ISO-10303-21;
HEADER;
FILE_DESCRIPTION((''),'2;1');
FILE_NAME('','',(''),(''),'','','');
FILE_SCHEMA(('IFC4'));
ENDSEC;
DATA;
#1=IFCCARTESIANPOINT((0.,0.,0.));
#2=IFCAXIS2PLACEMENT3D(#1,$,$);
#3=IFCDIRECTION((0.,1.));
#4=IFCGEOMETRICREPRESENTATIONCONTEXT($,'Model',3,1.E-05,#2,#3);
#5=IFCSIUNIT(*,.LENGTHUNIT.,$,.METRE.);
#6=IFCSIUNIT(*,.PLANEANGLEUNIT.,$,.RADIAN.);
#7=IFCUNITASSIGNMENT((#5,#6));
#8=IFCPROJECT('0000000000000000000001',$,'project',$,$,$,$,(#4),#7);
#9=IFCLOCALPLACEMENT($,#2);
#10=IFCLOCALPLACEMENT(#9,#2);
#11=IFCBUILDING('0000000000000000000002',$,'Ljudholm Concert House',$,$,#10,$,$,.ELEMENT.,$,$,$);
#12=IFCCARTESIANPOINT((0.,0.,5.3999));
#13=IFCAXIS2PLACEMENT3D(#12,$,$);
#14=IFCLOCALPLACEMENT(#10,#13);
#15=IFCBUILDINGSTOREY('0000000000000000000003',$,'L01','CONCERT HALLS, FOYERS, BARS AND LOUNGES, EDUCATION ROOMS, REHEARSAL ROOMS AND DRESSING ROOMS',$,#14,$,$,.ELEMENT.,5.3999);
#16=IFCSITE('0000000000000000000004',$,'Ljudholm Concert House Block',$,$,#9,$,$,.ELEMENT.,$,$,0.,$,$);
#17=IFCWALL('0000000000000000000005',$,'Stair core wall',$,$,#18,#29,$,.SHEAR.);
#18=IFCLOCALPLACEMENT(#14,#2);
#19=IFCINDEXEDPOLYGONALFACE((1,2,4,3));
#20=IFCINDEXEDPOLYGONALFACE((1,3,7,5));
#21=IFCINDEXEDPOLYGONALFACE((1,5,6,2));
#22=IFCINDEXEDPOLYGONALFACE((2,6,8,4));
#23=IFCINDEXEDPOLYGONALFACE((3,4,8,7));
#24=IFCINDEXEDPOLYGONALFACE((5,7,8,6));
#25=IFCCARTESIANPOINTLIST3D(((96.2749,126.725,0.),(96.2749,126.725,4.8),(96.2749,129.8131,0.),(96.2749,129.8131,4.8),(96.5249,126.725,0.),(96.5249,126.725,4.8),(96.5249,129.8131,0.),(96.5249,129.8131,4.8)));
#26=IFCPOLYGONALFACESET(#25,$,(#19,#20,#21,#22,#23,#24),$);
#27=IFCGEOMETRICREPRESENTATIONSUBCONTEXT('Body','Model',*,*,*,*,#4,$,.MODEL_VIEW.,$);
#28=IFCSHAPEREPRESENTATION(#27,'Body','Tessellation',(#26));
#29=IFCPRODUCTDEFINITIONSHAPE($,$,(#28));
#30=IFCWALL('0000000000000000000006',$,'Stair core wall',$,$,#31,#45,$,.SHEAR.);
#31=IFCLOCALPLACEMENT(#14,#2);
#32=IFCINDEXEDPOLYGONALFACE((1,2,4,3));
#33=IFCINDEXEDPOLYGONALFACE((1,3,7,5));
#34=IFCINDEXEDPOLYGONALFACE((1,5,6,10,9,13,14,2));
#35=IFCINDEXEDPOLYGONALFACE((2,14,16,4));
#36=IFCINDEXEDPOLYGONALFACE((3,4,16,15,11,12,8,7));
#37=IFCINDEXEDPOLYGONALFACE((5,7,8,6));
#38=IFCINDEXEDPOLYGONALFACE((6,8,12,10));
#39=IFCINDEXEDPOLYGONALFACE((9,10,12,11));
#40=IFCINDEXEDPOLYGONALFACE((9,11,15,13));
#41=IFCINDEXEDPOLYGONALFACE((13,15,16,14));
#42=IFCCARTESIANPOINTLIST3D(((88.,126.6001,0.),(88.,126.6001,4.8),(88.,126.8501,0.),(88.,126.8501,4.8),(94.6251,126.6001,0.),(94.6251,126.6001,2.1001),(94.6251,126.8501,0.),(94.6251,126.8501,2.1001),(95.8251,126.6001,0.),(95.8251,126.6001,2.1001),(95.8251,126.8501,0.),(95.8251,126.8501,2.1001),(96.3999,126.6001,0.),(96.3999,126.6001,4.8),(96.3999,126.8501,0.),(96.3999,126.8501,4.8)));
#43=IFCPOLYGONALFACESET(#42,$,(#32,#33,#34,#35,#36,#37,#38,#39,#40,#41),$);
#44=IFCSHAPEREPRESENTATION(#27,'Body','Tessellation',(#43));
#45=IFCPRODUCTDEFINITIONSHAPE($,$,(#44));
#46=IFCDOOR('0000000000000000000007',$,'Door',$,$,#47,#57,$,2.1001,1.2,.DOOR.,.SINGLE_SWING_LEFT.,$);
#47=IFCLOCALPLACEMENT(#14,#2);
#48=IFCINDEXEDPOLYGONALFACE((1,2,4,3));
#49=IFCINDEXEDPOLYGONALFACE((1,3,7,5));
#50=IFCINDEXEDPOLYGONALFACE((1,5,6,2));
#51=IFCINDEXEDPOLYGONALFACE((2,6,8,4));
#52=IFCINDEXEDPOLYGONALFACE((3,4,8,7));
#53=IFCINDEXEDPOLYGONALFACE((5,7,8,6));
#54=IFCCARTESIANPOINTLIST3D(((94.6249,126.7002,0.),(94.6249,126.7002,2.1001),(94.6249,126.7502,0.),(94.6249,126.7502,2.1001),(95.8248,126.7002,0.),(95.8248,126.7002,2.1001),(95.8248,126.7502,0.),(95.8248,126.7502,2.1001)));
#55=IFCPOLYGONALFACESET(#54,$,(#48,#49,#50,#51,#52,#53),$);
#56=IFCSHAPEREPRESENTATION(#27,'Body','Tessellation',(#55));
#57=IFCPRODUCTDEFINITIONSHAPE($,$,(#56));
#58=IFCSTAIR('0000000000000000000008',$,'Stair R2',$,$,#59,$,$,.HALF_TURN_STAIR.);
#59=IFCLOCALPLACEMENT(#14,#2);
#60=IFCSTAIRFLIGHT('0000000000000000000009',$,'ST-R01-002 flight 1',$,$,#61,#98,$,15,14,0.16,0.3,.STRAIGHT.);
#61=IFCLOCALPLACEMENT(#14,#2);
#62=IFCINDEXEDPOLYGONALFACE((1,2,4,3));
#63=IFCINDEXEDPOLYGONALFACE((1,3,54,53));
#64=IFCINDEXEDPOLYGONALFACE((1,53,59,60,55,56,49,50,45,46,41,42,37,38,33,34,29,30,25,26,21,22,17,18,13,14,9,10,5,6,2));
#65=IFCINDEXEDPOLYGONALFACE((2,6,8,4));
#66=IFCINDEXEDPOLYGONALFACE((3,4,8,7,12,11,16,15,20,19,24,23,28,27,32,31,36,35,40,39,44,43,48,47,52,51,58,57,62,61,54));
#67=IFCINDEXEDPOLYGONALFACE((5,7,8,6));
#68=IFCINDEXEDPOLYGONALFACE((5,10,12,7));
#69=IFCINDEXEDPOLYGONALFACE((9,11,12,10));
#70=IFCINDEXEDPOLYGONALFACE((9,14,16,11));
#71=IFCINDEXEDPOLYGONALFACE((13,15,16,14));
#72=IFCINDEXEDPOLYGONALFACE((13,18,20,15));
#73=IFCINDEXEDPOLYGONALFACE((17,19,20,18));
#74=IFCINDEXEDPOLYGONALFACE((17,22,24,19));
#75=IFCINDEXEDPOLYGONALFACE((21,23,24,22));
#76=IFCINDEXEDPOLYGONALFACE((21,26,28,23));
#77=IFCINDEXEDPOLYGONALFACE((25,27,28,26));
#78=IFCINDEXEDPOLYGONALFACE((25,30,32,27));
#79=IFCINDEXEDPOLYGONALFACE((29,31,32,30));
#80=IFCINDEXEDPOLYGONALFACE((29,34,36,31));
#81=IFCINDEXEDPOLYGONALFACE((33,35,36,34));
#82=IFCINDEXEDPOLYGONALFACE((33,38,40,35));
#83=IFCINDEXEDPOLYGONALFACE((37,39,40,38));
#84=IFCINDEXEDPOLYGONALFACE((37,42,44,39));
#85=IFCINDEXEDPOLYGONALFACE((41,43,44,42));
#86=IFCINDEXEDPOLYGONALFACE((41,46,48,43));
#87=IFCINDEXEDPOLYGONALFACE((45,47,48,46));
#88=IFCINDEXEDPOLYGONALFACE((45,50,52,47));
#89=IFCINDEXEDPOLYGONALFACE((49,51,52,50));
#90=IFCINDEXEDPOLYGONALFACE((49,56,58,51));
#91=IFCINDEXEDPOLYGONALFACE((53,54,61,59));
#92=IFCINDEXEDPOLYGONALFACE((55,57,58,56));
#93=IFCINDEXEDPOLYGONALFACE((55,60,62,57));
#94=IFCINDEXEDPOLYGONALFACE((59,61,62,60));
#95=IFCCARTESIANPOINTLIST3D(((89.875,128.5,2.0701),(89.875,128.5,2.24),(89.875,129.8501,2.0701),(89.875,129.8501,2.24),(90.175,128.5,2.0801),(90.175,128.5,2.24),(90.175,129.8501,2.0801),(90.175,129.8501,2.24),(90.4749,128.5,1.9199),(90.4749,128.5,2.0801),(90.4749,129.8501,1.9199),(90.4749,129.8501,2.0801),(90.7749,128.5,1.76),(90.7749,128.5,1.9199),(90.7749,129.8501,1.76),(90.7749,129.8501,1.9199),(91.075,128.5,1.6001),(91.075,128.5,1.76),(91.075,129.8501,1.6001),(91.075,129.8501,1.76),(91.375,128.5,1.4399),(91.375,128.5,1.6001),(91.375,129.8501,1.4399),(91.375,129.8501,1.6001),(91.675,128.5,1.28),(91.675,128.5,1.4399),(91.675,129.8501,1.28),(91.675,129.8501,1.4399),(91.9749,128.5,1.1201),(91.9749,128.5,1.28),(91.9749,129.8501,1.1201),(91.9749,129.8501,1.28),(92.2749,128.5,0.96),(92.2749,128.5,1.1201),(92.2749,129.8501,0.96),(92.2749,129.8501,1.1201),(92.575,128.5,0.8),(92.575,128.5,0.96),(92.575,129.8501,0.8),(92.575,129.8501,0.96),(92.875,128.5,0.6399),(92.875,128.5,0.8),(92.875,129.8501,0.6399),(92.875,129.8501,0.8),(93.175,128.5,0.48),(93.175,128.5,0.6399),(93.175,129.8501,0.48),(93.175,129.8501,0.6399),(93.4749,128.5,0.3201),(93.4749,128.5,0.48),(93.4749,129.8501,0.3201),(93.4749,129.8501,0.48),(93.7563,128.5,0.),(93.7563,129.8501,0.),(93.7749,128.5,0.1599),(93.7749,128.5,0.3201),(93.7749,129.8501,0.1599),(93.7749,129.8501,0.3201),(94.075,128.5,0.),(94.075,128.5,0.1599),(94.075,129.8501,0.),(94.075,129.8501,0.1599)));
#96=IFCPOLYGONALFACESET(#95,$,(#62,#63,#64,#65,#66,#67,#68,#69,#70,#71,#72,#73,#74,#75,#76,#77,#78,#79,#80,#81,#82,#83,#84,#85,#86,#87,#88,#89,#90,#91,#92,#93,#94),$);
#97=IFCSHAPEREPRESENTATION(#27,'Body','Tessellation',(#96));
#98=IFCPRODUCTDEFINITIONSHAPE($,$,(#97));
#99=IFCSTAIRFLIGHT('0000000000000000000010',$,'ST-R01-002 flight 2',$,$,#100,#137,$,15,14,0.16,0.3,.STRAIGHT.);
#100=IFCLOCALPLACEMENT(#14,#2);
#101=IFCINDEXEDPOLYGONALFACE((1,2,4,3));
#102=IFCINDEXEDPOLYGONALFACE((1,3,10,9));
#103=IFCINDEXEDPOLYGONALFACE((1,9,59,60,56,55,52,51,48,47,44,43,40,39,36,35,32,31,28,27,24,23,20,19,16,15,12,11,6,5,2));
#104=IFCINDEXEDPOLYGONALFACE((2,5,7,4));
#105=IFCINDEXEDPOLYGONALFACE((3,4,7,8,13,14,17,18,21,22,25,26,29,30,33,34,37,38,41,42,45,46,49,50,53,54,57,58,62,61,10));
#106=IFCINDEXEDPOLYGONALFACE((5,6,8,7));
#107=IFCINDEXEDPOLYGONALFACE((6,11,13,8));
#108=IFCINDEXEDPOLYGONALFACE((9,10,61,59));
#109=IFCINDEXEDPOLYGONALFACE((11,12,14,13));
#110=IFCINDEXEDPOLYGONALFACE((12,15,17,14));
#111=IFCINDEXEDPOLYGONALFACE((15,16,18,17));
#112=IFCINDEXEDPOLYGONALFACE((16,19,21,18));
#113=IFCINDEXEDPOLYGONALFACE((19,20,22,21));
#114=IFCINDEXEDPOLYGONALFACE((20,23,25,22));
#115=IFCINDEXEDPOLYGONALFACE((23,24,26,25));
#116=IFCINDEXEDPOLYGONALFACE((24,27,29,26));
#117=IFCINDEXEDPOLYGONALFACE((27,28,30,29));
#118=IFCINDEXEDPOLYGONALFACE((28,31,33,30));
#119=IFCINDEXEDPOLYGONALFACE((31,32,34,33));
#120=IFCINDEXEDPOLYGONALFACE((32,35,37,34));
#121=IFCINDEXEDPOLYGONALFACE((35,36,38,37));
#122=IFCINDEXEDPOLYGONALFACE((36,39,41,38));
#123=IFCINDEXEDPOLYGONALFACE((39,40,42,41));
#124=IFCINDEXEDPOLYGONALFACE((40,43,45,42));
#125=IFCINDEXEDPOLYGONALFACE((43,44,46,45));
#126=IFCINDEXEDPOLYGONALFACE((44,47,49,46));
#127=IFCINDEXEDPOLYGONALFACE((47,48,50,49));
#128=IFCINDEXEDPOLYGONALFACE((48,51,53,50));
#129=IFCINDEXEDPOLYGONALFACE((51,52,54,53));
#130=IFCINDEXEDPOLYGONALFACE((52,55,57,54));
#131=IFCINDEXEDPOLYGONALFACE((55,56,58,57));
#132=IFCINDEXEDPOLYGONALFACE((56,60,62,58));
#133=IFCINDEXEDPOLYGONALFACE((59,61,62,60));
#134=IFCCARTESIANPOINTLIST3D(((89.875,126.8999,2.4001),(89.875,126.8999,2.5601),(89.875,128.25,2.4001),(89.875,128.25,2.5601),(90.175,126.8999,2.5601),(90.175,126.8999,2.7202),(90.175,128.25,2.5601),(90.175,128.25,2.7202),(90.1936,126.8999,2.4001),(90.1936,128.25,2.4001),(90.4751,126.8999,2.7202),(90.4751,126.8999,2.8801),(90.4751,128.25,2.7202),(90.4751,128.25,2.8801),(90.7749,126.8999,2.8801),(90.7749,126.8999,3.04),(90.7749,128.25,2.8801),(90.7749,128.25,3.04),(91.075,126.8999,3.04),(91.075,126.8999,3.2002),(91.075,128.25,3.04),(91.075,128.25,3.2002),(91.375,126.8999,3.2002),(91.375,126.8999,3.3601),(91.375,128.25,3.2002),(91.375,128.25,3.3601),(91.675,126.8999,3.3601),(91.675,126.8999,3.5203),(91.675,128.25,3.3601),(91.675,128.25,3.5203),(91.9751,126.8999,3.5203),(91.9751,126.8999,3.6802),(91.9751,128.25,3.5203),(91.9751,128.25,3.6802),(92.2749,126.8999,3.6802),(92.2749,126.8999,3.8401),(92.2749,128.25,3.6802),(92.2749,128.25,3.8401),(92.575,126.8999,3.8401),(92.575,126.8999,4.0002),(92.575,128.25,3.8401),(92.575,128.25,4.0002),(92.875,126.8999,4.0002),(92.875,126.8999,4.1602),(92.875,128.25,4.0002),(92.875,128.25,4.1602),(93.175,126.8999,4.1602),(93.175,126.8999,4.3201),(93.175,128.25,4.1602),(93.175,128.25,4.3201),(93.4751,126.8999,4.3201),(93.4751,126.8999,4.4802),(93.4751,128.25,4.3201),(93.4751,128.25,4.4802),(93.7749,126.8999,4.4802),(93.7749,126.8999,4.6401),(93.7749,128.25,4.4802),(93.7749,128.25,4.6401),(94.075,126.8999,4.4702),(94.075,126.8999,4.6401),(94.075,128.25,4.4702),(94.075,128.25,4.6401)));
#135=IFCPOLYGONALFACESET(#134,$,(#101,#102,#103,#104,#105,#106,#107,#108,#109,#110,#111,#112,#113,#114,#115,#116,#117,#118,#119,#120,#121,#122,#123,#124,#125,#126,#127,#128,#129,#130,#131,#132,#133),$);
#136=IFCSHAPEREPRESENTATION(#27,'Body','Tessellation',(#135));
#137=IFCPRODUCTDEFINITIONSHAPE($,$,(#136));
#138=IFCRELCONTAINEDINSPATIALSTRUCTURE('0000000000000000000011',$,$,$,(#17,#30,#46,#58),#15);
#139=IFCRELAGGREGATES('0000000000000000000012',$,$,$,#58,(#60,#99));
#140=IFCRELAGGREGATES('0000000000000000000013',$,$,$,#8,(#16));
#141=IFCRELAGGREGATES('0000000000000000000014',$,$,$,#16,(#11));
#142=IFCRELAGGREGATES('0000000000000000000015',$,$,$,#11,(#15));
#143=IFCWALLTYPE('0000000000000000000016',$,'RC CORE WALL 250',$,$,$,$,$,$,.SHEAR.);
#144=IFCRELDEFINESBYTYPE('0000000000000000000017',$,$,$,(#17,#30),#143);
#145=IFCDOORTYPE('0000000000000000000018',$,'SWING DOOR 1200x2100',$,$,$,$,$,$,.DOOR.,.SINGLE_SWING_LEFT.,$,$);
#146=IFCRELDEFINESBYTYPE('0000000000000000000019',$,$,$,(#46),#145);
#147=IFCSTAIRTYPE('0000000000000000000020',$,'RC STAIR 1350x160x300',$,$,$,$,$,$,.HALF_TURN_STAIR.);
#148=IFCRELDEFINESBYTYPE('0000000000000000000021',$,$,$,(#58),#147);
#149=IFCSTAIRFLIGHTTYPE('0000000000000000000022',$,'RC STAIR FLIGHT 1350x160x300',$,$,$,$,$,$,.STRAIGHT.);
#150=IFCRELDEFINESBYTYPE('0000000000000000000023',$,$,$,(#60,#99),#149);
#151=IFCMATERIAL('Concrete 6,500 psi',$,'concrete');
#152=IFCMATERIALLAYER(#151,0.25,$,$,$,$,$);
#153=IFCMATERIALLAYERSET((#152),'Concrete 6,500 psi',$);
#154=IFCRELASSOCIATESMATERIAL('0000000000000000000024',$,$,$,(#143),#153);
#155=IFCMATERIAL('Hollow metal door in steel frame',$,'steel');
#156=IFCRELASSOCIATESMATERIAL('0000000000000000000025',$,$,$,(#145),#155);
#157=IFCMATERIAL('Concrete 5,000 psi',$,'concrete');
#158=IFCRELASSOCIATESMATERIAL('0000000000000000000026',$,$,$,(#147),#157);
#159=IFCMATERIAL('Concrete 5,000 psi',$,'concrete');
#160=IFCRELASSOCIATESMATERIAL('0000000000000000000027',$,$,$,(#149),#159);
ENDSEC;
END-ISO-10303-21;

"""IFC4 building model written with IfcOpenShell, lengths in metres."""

from ifc_helpers import new_model, si_unit, direction, frame, frame_2d, origin, place, context, subcontext, project, spatial, polyline, rectangle, outline, extrude, material, layer, layer_set, type_object, element, fill, aggregate, save


model = new_model("IFC4")

# Units and contexts
model_context = context("Model", 3, precision=1e-05, world=origin(), true_north=direction((0.0, 1.0)))
body_context = subcontext(model_context, "Body", "Model", "MODEL_VIEW")
ifc_project = project(units=[si_unit("LENGTHUNIT", "METRE"), si_unit("PLANEANGLEUNIT", "RADIAN")], contexts=[model_context])

# Site, building, storey
site_placement = place(None, origin())
site = spatial("IfcSite", under=ifc_project, at=site_placement, Name="Ljudholm Concert House Block", CompositionType="ELEMENT", RefElevation=0.0)
building_placement = place(site_placement, origin())
building = spatial("IfcBuilding", under=site, at=building_placement, Name="Ljudholm Concert House", CompositionType="ELEMENT")
storey_placement = place(building_placement, frame((0.0, 0.0, 5.3999)))
storey = spatial("IfcBuildingStorey", under=building, at=storey_placement, Name="L01", Description="CONCERT HALLS, FOYERS, BARS AND LOUNGES, EDUCATION ROOMS, REHEARSAL ROOMS AND DRESSING ROOMS", CompositionType="ELEMENT", Elevation=5.3999)

# Wall
ifc_material_1 = material(Name="Concrete 6,500 psi", Category="concrete")
ifc_layer_1 = layer(ifc_material_1, 0.25)
ifc_layer_set_1 = layer_set([ifc_layer_1], Name="Concrete 6,500 psi")
wall_type_1 = type_object("IfcWallType", Name="RC CORE WALL 250", PredefinedType="SHEAR", material=ifc_layer_set_1)
for number, where, z_axis, x_axis, name in (
    (1, (96.3999, 126.7251, 0.0), (0.0, 0.0, 1.0), (0.0, 1.0, 0.0), "Stair core wall"),
):
    element("IfcWall", number, at=place(storey_placement, frame(where, z_axis=z_axis, x_axis=x_axis)), inside=storey, type_object=wall_type_1, Name=name, PredefinedType="SHEAR", context=body_context, shape_type="SweptSolid", body=[
        extrude(rectangle(XDim=3.0881, YDim=0.25, at=frame_2d((1.5439, 0.0))), origin(), (0.0, 0.0, 1.0), 4.8),
    ])

# Wall, opening, door
wall_1_placement = place(storey_placement, frame((88.0, 126.7251, 0.0), z_axis=(0.0, 0.0, 1.0), x_axis=(1.0, 0.0, 0.0)))
wall_1 = element("IfcWall", 2, at=wall_1_placement, inside=storey, type_object=wall_type_1, Name="Stair core wall", PredefinedType="SHEAR", context=body_context, shape_type="SweptSolid", body=[
    extrude(rectangle(XDim=8.3999, YDim=0.25, at=frame_2d((4.2, 0.0))), origin(), (0.0, 0.0, 1.0), 4.8),
])
opening_1_placement = place(wall_1_placement, frame((6.625, 0.0, 0.0)))
opening_1 = element("IfcOpeningElement", 3, at=opening_1_placement, cuts=wall_1, PredefinedType="OPENING", context=body_context, shape_type="SweptSolid", body=[
    extrude(rectangle(XDim=1.2, YDim=2.1001, at=frame_2d((0.6001, 1.05))), frame((0.0, 0.135, 0.0), z_axis=(0.0, -1.0, 0.0), x_axis=(1.0, 0.0, 0.0)), (0.0, 0.0, 1.0), 0.27),
])
ifc_material_2 = material(Name="Hollow metal door in steel frame", Category="steel")
door_type_1 = type_object("IfcDoorType", Name="SWING DOOR 1200x2100", OperationType="SINGLE_SWING_LEFT", PredefinedType="DOOR", material=ifc_material_2)
door_1_placement = place(opening_1_placement, frame((1.2, 0.0, 0.0), z_axis=(0.0, 0.0, 1.0), x_axis=(-1.0, 0.0, 0.0)))
door_1 = element("IfcDoor", 4, at=door_1_placement, inside=storey, type_object=door_type_1, Name="Door", OperationType="SINGLE_SWING_LEFT", OverallHeight=2.1001, OverallWidth=1.2, PredefinedType="DOOR", context=body_context, shape_type="SweptSolid", body=[
    extrude(rectangle(XDim=1.2, YDim=2.1001, at=frame_2d((0.6001, 1.05))), frame((0.0, 0.0249, 0.0), z_axis=(0.0, -1.0, 0.0), x_axis=(1.0, 0.0, 0.0)), (0.0, 0.0, 1.0), 0.05),
])
fill(opening_1, door_1)

# Stair, stair flights
ifc_material_3 = material(Name="Concrete 5,000 psi", Category="concrete")
stair_type = type_object("IfcStairType", Name="RC STAIR 1350x160x300", PredefinedType="HALF_TURN_STAIR", material=ifc_material_3)
stair_placement = place(storey_placement, origin())
stair = element("IfcStair", 5, at=stair_placement, inside=storey, type_object=stair_type, Name="Stair R2", PredefinedType="HALF_TURN_STAIR")
ifc_material_4 = material(Name="Concrete 5,000 psi", Category="concrete")
stair_flight_type = type_object("IfcStairFlightType", Name="RC STAIR FLIGHT 1350x160x300", PredefinedType="STRAIGHT", material=ifc_material_4)
stair_flight_1_placement = place(storey_placement, frame((94.075, 129.175, 0.0), z_axis=(0.0, 0.0, 1.0), x_axis=(-1.0, 0.0, 0.0)))
stair_flight_1 = element("IfcStairFlight", 6, at=stair_flight_1_placement, type_object=stair_flight_type, Name="ST-R01-002 flight 1", NumberOfRisers=15, NumberOfTreads=14, PredefinedType="STRAIGHT", RiserHeight=0.16, TreadLength=0.3, context=body_context, shape_type="SweptSolid", body=[
    extrude(outline(polyline([(0.0, 0.0), (0.0, 0.1599), (0.3, 0.1599), (0.3, 0.3201), (0.6001, 0.3201), (0.6001, 0.48), (0.8999, 0.48), (0.8999, 0.6399), (1.2, 0.6399), (1.2, 0.8), (1.5, 0.8), (1.5, 0.96), (1.8, 0.96), (1.8, 1.1201), (2.1001, 1.1201), (2.1001, 1.28), (2.3999, 1.28), (2.3999, 1.4399), (2.7, 1.4399), (2.7, 1.6001), (3.0, 1.6001), (3.0, 1.76), (3.3, 1.76), (3.3, 1.9199), (3.6001, 1.9199), (3.6001, 2.0801), (3.8999, 2.0801), (3.8999, 2.24), (4.2, 2.24), (4.2, 2.3999), (4.2, 2.0701), (0.3186, 0.0), (0.0, 0.0)])), frame((0.0, 0.675, 0.0), z_axis=(0.0, -1.0, 0.0), x_axis=(1.0, 0.0, 0.0)), (0.0, 0.0, 1.0), 1.3501),
])
stair_flight_2_placement = place(storey_placement, frame((89.875, 127.575, 2.4001), z_axis=(0.0, 0.0, 1.0), x_axis=(1.0, 0.0, 0.0)))
stair_flight_2 = element("IfcStairFlight", 7, at=stair_flight_2_placement, type_object=stair_flight_type, Name="ST-R01-002 flight 2", NumberOfRisers=15, NumberOfTreads=14, PredefinedType="STRAIGHT", RiserHeight=0.16, TreadLength=0.3, context=body_context, shape_type="SweptSolid", body=[
    extrude(outline(polyline([(0.0, 0.0), (0.0, 0.1599), (0.3, 0.1599), (0.3, 0.3201), (0.6001, 0.3201), (0.6001, 0.48), (0.8999, 0.48), (0.8999, 0.6399), (1.2, 0.6399), (1.2, 0.8), (1.5, 0.8), (1.5, 0.96), (1.8, 0.96), (1.8, 1.1201), (2.1001, 1.1201), (2.1001, 1.28), (2.3999, 1.28), (2.3999, 1.4399), (2.7, 1.4399), (2.7, 1.6001), (3.0, 1.6001), (3.0, 1.76), (3.3, 1.76), (3.3, 1.9199), (3.6001, 1.9199), (3.6001, 2.0801), (3.8999, 2.0801), (3.8999, 2.24), (4.2, 2.24), (4.2, 2.3999), (4.2, 2.0701), (0.3186, 0.0), (0.0, 0.0)])), frame((0.0, 0.675, 0.0), z_axis=(0.0, -1.0, 0.0), x_axis=(1.0, 0.0, 0.0)), (0.0, 0.0, 1.0), 1.3501),
])
aggregate(stair, [stair_flight_1, stair_flight_2])

save(model, "model.ifc")
